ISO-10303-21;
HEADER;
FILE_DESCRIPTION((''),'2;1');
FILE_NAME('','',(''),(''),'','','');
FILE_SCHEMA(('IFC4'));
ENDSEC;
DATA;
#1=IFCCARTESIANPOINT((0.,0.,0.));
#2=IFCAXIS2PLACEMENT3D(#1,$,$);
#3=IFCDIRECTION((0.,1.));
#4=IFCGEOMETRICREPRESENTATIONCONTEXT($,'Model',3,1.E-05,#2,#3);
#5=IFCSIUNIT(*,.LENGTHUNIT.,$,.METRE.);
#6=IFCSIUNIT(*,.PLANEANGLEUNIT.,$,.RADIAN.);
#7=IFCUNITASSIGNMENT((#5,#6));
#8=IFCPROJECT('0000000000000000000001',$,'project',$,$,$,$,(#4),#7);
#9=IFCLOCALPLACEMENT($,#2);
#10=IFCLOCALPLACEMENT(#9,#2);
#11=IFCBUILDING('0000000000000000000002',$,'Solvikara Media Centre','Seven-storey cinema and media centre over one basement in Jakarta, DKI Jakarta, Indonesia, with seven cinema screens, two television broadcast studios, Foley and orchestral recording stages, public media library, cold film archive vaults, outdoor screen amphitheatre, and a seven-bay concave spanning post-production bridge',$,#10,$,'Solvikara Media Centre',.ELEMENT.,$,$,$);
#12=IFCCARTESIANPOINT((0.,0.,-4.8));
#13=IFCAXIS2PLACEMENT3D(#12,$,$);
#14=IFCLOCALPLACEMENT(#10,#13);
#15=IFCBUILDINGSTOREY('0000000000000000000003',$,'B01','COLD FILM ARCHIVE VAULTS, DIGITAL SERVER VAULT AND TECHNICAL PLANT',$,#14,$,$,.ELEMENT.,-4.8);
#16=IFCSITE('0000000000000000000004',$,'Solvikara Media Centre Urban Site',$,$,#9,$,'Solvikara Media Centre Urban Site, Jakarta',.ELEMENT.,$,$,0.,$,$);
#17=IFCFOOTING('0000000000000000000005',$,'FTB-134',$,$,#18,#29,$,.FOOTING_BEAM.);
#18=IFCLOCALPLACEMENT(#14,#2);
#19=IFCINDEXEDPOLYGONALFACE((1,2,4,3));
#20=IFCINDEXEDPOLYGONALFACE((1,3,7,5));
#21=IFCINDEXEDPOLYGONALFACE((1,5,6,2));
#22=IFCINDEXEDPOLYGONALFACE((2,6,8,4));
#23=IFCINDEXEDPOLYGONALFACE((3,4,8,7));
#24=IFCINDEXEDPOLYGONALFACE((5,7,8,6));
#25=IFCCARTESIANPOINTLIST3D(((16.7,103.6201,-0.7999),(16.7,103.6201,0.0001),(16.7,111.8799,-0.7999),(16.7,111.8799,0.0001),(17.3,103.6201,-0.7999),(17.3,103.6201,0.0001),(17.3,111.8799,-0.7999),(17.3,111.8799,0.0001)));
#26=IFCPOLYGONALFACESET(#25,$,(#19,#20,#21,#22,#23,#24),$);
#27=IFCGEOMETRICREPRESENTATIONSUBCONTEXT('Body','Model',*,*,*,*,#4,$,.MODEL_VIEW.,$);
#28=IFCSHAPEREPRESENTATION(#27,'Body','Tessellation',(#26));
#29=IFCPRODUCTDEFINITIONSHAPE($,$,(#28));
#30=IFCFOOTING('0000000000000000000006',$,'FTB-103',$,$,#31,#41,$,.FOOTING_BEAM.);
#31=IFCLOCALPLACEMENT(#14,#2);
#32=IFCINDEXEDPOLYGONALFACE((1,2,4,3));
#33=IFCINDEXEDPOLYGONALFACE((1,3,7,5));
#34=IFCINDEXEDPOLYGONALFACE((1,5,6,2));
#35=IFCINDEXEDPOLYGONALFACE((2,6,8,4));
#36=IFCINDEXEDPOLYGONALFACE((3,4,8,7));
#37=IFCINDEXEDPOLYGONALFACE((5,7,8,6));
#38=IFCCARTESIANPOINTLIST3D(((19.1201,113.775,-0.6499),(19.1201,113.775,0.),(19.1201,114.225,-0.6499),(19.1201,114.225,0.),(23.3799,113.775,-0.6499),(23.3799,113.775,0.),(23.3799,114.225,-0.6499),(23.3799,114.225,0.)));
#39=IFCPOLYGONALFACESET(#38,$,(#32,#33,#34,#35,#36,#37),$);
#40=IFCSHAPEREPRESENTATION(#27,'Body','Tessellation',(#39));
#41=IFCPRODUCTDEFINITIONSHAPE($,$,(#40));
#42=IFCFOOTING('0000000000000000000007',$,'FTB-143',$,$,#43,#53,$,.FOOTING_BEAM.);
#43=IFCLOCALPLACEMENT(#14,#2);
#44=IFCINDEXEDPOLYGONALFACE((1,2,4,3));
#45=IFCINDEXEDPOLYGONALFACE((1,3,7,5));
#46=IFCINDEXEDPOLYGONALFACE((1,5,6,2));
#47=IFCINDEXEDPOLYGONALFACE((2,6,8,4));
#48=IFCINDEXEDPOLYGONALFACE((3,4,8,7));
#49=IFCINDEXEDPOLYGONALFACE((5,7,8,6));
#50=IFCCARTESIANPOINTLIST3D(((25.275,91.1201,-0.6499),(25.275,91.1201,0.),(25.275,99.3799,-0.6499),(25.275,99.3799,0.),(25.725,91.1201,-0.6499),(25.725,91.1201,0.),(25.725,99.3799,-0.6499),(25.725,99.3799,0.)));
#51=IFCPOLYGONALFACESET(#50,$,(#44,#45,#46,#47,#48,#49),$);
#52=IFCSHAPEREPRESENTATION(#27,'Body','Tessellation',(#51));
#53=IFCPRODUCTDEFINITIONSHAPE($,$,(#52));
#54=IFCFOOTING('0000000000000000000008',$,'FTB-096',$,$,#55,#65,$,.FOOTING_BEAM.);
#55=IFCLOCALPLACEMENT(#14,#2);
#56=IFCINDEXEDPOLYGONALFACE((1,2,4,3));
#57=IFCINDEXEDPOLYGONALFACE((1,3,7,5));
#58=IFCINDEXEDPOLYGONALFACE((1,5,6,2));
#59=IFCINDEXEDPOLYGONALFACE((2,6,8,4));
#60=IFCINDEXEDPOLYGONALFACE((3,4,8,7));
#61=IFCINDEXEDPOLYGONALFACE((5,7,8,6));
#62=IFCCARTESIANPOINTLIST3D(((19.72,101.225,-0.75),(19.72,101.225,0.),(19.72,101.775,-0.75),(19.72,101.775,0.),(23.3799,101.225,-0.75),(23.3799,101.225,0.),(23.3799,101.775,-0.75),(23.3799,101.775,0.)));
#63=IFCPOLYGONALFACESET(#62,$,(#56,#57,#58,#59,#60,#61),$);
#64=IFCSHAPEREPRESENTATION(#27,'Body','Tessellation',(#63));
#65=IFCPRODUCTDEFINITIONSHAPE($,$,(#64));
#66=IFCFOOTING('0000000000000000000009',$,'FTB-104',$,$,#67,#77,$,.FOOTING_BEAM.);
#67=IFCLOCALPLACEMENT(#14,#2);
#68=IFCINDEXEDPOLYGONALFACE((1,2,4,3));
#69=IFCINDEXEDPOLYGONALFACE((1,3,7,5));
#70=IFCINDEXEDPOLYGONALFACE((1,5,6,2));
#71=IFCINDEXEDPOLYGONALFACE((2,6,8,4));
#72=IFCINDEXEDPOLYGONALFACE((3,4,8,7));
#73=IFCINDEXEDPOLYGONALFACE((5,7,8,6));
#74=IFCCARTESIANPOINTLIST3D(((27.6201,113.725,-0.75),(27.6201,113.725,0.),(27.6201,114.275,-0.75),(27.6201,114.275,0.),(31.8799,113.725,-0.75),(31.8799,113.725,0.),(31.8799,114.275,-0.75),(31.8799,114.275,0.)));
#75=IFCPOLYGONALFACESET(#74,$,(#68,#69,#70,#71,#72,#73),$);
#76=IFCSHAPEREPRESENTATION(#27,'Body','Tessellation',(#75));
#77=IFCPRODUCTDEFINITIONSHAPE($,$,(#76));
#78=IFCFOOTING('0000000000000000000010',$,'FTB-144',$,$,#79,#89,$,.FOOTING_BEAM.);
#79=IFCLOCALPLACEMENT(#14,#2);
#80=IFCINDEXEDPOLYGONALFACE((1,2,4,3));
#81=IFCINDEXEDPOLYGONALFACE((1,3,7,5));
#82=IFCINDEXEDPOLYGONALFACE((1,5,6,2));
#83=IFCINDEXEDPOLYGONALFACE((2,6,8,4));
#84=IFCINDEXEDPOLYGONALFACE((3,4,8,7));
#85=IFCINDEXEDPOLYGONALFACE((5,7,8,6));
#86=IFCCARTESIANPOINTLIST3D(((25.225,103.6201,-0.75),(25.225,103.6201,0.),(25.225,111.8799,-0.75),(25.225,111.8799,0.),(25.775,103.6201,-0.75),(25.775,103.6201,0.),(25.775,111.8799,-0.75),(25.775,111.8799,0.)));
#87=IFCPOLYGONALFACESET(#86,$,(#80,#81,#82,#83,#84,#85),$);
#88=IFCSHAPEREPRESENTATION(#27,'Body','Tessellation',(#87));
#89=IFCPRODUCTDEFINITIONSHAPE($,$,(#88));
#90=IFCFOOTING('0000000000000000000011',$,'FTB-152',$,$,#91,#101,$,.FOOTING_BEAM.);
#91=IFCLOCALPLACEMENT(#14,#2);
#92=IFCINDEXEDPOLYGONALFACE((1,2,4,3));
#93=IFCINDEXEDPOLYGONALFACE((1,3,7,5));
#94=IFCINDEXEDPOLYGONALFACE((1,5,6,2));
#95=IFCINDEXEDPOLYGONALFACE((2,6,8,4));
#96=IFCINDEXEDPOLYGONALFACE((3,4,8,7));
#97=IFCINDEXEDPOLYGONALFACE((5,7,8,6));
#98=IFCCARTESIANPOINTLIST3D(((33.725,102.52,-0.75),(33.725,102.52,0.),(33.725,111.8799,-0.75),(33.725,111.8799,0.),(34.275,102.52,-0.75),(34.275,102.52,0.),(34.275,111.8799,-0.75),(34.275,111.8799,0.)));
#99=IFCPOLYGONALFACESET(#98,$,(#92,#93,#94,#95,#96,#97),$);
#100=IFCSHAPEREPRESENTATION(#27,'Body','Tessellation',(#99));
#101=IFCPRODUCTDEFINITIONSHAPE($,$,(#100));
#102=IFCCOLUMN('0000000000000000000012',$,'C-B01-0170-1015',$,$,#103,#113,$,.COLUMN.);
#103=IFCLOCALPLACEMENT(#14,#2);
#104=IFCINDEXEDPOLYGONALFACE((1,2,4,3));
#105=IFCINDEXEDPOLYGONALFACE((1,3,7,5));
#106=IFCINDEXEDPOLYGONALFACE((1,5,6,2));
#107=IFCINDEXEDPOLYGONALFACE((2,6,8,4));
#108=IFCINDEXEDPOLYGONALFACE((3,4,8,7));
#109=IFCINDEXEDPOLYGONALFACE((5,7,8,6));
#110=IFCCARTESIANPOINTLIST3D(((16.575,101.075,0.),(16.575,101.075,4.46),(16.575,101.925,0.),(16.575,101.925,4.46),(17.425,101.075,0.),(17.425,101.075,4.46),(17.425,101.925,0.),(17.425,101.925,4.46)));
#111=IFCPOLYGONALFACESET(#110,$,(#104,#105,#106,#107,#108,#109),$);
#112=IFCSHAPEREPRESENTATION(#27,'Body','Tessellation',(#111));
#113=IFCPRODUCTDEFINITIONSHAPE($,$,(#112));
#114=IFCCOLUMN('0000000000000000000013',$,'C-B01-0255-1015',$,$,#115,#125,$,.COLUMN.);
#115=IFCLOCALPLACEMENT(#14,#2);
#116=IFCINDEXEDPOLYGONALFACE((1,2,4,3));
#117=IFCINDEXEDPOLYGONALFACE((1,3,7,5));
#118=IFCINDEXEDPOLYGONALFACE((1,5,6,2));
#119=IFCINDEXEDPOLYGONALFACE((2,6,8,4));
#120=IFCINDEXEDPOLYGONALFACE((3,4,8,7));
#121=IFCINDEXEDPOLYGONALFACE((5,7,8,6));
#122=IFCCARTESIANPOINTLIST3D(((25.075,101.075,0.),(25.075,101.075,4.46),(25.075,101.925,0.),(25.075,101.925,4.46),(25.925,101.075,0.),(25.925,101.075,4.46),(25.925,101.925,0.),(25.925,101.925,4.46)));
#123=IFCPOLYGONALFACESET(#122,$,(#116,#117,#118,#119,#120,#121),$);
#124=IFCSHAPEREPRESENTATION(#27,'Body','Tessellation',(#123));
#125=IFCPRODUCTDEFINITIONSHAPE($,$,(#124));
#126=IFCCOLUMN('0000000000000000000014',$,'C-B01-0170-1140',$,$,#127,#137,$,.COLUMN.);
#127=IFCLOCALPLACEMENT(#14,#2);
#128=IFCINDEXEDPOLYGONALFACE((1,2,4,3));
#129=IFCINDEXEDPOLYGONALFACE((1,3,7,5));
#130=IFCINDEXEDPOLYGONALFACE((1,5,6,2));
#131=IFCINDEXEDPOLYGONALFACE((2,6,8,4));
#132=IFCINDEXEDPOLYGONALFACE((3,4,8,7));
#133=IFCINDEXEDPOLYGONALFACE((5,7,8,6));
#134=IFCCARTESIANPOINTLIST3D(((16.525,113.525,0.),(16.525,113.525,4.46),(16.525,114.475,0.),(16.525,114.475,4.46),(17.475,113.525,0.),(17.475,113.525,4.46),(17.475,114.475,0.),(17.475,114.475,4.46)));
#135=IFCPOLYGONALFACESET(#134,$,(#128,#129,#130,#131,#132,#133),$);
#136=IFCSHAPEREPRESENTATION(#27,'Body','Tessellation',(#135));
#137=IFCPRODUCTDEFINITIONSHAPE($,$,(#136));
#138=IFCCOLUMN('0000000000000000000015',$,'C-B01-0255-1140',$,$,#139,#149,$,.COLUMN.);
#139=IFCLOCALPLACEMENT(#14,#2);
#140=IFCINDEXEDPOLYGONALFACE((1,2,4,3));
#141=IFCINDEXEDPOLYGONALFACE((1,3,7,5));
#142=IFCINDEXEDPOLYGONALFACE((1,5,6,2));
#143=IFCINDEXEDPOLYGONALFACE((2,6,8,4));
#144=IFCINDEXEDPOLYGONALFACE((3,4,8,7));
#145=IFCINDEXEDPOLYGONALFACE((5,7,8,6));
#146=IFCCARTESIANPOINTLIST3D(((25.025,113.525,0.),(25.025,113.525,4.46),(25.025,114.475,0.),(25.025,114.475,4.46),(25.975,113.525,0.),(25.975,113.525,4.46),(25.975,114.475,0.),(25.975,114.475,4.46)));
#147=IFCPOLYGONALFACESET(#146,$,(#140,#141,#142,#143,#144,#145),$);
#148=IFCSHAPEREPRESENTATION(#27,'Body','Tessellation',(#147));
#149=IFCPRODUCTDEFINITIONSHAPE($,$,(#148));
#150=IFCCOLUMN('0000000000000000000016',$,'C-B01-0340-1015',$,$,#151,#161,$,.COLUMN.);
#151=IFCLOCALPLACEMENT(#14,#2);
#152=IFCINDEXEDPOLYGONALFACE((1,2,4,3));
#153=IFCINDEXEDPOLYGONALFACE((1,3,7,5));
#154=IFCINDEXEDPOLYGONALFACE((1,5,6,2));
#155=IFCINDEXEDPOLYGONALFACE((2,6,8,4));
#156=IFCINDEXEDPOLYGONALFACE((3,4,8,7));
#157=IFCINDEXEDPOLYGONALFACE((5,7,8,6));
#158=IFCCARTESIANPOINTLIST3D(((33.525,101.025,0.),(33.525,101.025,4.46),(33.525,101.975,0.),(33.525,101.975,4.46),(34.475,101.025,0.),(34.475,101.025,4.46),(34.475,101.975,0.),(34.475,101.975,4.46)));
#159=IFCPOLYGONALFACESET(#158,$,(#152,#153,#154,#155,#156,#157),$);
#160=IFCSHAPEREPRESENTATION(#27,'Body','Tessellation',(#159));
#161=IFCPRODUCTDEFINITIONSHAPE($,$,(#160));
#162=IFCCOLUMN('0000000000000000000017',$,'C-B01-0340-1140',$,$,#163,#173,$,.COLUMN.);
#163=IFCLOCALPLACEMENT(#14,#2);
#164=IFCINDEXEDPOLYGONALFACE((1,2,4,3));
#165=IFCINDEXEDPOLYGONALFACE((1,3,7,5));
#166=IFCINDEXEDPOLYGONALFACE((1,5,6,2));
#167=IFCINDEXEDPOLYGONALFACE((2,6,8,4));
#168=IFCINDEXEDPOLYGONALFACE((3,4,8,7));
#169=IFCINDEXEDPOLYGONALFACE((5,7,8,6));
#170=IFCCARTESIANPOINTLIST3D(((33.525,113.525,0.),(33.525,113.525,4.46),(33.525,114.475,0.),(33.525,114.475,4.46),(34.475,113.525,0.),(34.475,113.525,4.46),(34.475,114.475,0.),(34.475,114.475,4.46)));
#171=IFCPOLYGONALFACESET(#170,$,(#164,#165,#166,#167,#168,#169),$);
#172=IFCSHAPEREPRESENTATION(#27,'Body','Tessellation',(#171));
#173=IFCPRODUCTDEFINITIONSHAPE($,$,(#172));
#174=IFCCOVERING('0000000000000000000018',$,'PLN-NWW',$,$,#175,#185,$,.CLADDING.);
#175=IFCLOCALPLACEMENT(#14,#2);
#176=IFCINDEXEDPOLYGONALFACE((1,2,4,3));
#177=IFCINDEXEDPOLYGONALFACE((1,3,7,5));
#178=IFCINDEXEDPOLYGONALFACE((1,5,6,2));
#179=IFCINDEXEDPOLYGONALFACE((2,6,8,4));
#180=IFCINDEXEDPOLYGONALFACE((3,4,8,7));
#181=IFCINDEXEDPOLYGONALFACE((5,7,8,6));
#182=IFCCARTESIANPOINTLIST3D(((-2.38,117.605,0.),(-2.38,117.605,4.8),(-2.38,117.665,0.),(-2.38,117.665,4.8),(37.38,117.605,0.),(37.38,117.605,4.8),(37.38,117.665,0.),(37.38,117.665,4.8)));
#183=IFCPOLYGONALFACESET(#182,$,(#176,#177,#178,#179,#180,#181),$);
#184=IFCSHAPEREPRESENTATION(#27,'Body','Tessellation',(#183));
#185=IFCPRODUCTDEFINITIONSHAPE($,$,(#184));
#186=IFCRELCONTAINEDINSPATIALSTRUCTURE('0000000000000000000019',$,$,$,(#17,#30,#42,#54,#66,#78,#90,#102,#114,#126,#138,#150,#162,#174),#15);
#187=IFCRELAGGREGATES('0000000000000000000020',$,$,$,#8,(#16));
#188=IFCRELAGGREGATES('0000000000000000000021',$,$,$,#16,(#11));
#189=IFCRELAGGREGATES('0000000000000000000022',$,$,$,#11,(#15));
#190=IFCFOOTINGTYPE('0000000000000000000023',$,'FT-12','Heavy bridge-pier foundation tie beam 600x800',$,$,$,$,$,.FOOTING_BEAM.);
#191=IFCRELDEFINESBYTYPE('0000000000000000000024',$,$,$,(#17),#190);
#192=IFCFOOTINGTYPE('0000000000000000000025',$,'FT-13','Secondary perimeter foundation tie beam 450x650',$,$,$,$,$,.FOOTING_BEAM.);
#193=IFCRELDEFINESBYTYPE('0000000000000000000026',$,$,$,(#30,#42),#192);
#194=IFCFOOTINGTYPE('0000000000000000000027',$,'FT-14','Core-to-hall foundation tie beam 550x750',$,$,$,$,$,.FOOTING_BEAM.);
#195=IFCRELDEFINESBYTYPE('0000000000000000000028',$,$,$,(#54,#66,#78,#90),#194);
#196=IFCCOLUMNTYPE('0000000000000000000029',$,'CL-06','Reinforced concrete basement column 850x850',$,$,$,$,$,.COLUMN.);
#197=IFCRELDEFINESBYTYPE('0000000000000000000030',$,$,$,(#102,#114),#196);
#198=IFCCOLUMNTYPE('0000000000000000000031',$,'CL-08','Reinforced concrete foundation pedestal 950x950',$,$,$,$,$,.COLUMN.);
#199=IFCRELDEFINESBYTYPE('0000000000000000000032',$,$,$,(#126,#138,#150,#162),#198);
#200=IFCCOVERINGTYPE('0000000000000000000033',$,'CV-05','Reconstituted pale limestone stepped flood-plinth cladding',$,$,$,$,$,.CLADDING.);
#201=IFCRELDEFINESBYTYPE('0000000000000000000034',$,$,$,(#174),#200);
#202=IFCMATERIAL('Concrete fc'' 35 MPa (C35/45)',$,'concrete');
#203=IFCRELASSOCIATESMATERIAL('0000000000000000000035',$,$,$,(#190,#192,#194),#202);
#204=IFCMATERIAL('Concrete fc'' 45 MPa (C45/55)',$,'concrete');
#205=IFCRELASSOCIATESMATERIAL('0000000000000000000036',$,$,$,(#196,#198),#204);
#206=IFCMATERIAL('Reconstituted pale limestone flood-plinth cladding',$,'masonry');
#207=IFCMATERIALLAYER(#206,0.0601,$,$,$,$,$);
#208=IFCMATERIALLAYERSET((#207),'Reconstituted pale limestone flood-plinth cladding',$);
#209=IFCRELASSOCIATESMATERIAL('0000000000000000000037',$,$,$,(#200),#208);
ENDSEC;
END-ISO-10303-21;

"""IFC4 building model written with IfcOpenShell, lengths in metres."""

from ifc_helpers import new_model, si_unit, direction, frame, origin, origin_2d, place, context, subcontext, project, spatial, rectangle, extrude, material, layer, layer_set, material_profile, profile_set, type_object, element, save


model = new_model("IFC4")

# Units and contexts
model_context = context("Model", 3, precision=1e-05, world=origin(), true_north=direction((0.0, 1.0)))
body_context = subcontext(model_context, "Body", "Model", "MODEL_VIEW")
ifc_project = project(units=[si_unit("LENGTHUNIT", "METRE"), si_unit("PLANEANGLEUNIT", "RADIAN")], contexts=[model_context])

# Site, building, storey
site_placement = place(None, origin())
site = spatial("IfcSite", under=ifc_project, at=site_placement, Name="Solvikara Media Centre Urban Site", LongName="Solvikara Media Centre Urban Site, Jakarta", CompositionType="ELEMENT", RefElevation=0.0)
building_placement = place(site_placement, origin())
building = spatial("IfcBuilding", under=site, at=building_placement, Name="Solvikara Media Centre", Description="Seven-storey cinema and media centre over one basement in Jakarta, DKI Jakarta, Indonesia, with seven cinema screens, two television broadcast studios, Foley and orchestral recording stages, public media library, cold film archive vaults, outdoor screen amphitheatre, and a seven-bay concave spanning post-production bridge", LongName="Solvikara Media Centre", CompositionType="ELEMENT")
storey_placement = place(building_placement, frame((0.0, 0.0, -4.8)))
storey = spatial("IfcBuildingStorey", under=building, at=storey_placement, Name="B01", Description="COLD FILM ARCHIVE VAULTS, DIGITAL SERVER VAULT AND TECHNICAL PLANT", CompositionType="ELEMENT", Elevation=-4.8)

# Shared definitions
ifc_material_1 = material(Name="Concrete fc' 35 MPa (C35/45)", Category="concrete")

# Footings
ifc_material_profile_1 = material_profile(ifc_material_1, rectangle(XDim=0.6001, YDim=0.8, at=origin_2d()), Name="RC 600x800")
ifc_profile_set_1 = profile_set([ifc_material_profile_1], Name="Concrete fc' 35 MPa (C35/45)")
footing_type_1 = type_object("IfcFootingType", Name="FT-12", Description="Heavy bridge-pier foundation tie beam 600x800", PredefinedType="FOOTING_BEAM", material=ifc_profile_set_1)
footing_1_placement = place(storey_placement, frame((17.0, 103.6201, -0.3999), z_axis=(0.0, 1.0, 0.0), x_axis=(-1.0, 0.0, 0.0)))
element("IfcFooting", 1, at=footing_1_placement, inside=storey, type_object=footing_type_1, Name="FTB-134", PredefinedType="FOOTING_BEAM", context=body_context, shape_type="SweptSolid", body=[
    extrude(rectangle(XDim=0.6001, YDim=0.8, at=origin_2d()), origin(), (0.0, 0.0, 1.0), 8.2598),
])
ifc_material_profile_2 = material_profile(ifc_material_1, rectangle(XDim=0.45, YDim=0.6499, at=origin_2d()), Name="RC 450x650")
ifc_profile_set_2 = profile_set([ifc_material_profile_2], Name="Concrete fc' 35 MPa (C35/45)")
footing_type_2 = type_object("IfcFootingType", Name="FT-13", Description="Secondary perimeter foundation tie beam 450x650", PredefinedType="FOOTING_BEAM", material=ifc_profile_set_2)
footing_2_placement = place(storey_placement, frame((19.1201, 114.0, -0.325), z_axis=(1.0, 0.0, 0.0), x_axis=(0.0, 1.0, 0.0)))
element("IfcFooting", 2, at=footing_2_placement, inside=storey, type_object=footing_type_2, Name="FTB-103", PredefinedType="FOOTING_BEAM", context=body_context, shape_type="SweptSolid", body=[
    extrude(rectangle(XDim=0.45, YDim=0.6499, at=origin_2d()), origin(), (0.0, 0.0, 1.0), 4.2598),
])
footing_3_placement = place(storey_placement, frame((25.5, 91.1201, -0.325), z_axis=(0.0, 1.0, 0.0), x_axis=(-1.0, 0.0, 0.0)))
element("IfcFooting", 3, at=footing_3_placement, inside=storey, type_object=footing_type_2, Name="FTB-143", PredefinedType="FOOTING_BEAM", context=body_context, shape_type="SweptSolid", body=[
    extrude(rectangle(XDim=0.45, YDim=0.6499, at=origin_2d()), origin(), (0.0, 0.0, 1.0), 8.2598),
])
ifc_material_profile_3 = material_profile(ifc_material_1, rectangle(XDim=0.55, YDim=0.75, at=origin_2d()), Name="RC 550x750")
ifc_profile_set_3 = profile_set([ifc_material_profile_3], Name="Concrete fc' 35 MPa (C35/45)")
footing_type_3 = type_object("IfcFootingType", Name="FT-14", Description="Core-to-hall foundation tie beam 550x750", PredefinedType="FOOTING_BEAM", material=ifc_profile_set_3)
footing_4_placement = place(storey_placement, frame((19.72, 101.5, -0.375), z_axis=(1.0, 0.0, 0.0), x_axis=(0.0, 1.0, 0.0)))
element("IfcFooting", 4, at=footing_4_placement, inside=storey, type_object=footing_type_3, Name="FTB-096", PredefinedType="FOOTING_BEAM", context=body_context, shape_type="SweptSolid", body=[
    extrude(rectangle(XDim=0.55, YDim=0.75, at=origin_2d()), origin(), (0.0, 0.0, 1.0), 3.6599),
])
footing_5_placement = place(storey_placement, frame((27.6201, 114.0, -0.375), z_axis=(1.0, 0.0, 0.0), x_axis=(0.0, 1.0, 0.0)))
element("IfcFooting", 5, at=footing_5_placement, inside=storey, type_object=footing_type_3, Name="FTB-104", PredefinedType="FOOTING_BEAM", context=body_context, shape_type="SweptSolid", body=[
    extrude(rectangle(XDim=0.55, YDim=0.75, at=origin_2d()), origin(), (0.0, 0.0, 1.0), 4.2598),
])
footing_6_placement = place(storey_placement, frame((25.5, 103.6201, -0.375), z_axis=(0.0, 1.0, 0.0), x_axis=(-1.0, 0.0, 0.0)))
element("IfcFooting", 6, at=footing_6_placement, inside=storey, type_object=footing_type_3, Name="FTB-144", PredefinedType="FOOTING_BEAM", context=body_context, shape_type="SweptSolid", body=[
    extrude(rectangle(XDim=0.55, YDim=0.75, at=origin_2d()), origin(), (0.0, 0.0, 1.0), 8.2598),
])
footing_7_placement = place(storey_placement, frame((34.0, 102.52, -0.375), z_axis=(0.0, 1.0, 0.0), x_axis=(-1.0, 0.0, 0.0)))
element("IfcFooting", 7, at=footing_7_placement, inside=storey, type_object=footing_type_3, Name="FTB-152", PredefinedType="FOOTING_BEAM", context=body_context, shape_type="SweptSolid", body=[
    extrude(rectangle(XDim=0.55, YDim=0.75, at=origin_2d()), origin(), (0.0, 0.0, 1.0), 9.3599),
])

# Columns
ifc_material_2 = material(Name="Concrete fc' 45 MPa (C45/55)", Category="concrete")
ifc_material_profile_4 = material_profile(ifc_material_2, rectangle(XDim=0.8501, YDim=0.8501, at=origin_2d()), Name="RC 850x850")
ifc_profile_set_4 = profile_set([ifc_material_profile_4], Name="Concrete fc' 45 MPa (C45/55)")
column_type_1 = type_object("IfcColumnType", Name="CL-06", Description="Reinforced concrete basement column 850x850", PredefinedType="COLUMN", material=ifc_profile_set_4)
for number, where, z_axis, x_axis, name in (
    (8, (17.0, 101.5, 0.0), (0.0, 0.0, 1.0), (1.0, 0.0, 0.0), "C-B01-0170-1015"),
    (9, (25.5, 101.5, 0.0), (0.0, 0.0, 1.0), (1.0, 0.0, 0.0), "C-B01-0255-1015"),
):
    element("IfcColumn", number, at=place(storey_placement, frame(where, z_axis=z_axis, x_axis=x_axis)), inside=storey, type_object=column_type_1, Name=name, PredefinedType="COLUMN", context=body_context, shape_type="SweptSolid", body=[
        extrude(rectangle(XDim=0.8501, YDim=0.8501, at=origin_2d()), origin(), (0.0, 0.0, 1.0), 4.46),
    ])
ifc_material_profile_5 = material_profile(ifc_material_2, rectangle(XDim=0.95, YDim=0.95, at=origin_2d()), Name="RC 950x950")
ifc_profile_set_5 = profile_set([ifc_material_profile_5], Name="Concrete fc' 45 MPa (C45/55)")
column_type_2 = type_object("IfcColumnType", Name="CL-08", Description="Reinforced concrete foundation pedestal 950x950", PredefinedType="COLUMN", material=ifc_profile_set_5)
for number, where, z_axis, x_axis, name in (
    (10, (17.0, 114.0, 0.0), (0.0, 0.0, 1.0), (1.0, 0.0, 0.0), "C-B01-0170-1140"),
    (11, (25.5, 114.0, 0.0), (0.0, 0.0, 1.0), (1.0, 0.0, 0.0), "C-B01-0255-1140"),
    (12, (34.0, 101.5, 0.0), (0.0, 0.0, 1.0), (1.0, 0.0, 0.0), "C-B01-0340-1015"),
    (13, (34.0, 114.0, 0.0), (0.0, 0.0, 1.0), (1.0, 0.0, 0.0), "C-B01-0340-1140"),
):
    element("IfcColumn", number, at=place(storey_placement, frame(where, z_axis=z_axis, x_axis=x_axis)), inside=storey, type_object=column_type_2, Name=name, PredefinedType="COLUMN", context=body_context, shape_type="SweptSolid", body=[
        extrude(rectangle(XDim=0.95, YDim=0.95, at=origin_2d()), origin(), (0.0, 0.0, 1.0), 4.46),
    ])

# Covering
ifc_material_3 = material(Name="Reconstituted pale limestone flood-plinth cladding", Category="masonry")
ifc_layer = layer(ifc_material_3, 0.0601)
ifc_layer_set = layer_set([ifc_layer], Name="Reconstituted pale limestone flood-plinth cladding")
covering_type = type_object("IfcCoveringType", Name="CV-05", Description="Reconstituted pale limestone stepped flood-plinth cladding", PredefinedType="CLADDING", material=ifc_layer_set)
covering_placement = place(storey_placement, frame((17.5, 117.635, 0.0), z_axis=(0.0, 0.0, 1.0), x_axis=(1.0, 0.0, 0.0)))
element("IfcCovering", 14, at=covering_placement, inside=storey, type_object=covering_type, Name="PLN-NWW", PredefinedType="CLADDING", context=body_context, shape_type="SweptSolid", body=[
    extrude(rectangle(XDim=39.76, YDim=0.0601, at=origin_2d()), origin(), (0.0, 0.0, 1.0), 4.8),
])

save(model, "model.ifc")
